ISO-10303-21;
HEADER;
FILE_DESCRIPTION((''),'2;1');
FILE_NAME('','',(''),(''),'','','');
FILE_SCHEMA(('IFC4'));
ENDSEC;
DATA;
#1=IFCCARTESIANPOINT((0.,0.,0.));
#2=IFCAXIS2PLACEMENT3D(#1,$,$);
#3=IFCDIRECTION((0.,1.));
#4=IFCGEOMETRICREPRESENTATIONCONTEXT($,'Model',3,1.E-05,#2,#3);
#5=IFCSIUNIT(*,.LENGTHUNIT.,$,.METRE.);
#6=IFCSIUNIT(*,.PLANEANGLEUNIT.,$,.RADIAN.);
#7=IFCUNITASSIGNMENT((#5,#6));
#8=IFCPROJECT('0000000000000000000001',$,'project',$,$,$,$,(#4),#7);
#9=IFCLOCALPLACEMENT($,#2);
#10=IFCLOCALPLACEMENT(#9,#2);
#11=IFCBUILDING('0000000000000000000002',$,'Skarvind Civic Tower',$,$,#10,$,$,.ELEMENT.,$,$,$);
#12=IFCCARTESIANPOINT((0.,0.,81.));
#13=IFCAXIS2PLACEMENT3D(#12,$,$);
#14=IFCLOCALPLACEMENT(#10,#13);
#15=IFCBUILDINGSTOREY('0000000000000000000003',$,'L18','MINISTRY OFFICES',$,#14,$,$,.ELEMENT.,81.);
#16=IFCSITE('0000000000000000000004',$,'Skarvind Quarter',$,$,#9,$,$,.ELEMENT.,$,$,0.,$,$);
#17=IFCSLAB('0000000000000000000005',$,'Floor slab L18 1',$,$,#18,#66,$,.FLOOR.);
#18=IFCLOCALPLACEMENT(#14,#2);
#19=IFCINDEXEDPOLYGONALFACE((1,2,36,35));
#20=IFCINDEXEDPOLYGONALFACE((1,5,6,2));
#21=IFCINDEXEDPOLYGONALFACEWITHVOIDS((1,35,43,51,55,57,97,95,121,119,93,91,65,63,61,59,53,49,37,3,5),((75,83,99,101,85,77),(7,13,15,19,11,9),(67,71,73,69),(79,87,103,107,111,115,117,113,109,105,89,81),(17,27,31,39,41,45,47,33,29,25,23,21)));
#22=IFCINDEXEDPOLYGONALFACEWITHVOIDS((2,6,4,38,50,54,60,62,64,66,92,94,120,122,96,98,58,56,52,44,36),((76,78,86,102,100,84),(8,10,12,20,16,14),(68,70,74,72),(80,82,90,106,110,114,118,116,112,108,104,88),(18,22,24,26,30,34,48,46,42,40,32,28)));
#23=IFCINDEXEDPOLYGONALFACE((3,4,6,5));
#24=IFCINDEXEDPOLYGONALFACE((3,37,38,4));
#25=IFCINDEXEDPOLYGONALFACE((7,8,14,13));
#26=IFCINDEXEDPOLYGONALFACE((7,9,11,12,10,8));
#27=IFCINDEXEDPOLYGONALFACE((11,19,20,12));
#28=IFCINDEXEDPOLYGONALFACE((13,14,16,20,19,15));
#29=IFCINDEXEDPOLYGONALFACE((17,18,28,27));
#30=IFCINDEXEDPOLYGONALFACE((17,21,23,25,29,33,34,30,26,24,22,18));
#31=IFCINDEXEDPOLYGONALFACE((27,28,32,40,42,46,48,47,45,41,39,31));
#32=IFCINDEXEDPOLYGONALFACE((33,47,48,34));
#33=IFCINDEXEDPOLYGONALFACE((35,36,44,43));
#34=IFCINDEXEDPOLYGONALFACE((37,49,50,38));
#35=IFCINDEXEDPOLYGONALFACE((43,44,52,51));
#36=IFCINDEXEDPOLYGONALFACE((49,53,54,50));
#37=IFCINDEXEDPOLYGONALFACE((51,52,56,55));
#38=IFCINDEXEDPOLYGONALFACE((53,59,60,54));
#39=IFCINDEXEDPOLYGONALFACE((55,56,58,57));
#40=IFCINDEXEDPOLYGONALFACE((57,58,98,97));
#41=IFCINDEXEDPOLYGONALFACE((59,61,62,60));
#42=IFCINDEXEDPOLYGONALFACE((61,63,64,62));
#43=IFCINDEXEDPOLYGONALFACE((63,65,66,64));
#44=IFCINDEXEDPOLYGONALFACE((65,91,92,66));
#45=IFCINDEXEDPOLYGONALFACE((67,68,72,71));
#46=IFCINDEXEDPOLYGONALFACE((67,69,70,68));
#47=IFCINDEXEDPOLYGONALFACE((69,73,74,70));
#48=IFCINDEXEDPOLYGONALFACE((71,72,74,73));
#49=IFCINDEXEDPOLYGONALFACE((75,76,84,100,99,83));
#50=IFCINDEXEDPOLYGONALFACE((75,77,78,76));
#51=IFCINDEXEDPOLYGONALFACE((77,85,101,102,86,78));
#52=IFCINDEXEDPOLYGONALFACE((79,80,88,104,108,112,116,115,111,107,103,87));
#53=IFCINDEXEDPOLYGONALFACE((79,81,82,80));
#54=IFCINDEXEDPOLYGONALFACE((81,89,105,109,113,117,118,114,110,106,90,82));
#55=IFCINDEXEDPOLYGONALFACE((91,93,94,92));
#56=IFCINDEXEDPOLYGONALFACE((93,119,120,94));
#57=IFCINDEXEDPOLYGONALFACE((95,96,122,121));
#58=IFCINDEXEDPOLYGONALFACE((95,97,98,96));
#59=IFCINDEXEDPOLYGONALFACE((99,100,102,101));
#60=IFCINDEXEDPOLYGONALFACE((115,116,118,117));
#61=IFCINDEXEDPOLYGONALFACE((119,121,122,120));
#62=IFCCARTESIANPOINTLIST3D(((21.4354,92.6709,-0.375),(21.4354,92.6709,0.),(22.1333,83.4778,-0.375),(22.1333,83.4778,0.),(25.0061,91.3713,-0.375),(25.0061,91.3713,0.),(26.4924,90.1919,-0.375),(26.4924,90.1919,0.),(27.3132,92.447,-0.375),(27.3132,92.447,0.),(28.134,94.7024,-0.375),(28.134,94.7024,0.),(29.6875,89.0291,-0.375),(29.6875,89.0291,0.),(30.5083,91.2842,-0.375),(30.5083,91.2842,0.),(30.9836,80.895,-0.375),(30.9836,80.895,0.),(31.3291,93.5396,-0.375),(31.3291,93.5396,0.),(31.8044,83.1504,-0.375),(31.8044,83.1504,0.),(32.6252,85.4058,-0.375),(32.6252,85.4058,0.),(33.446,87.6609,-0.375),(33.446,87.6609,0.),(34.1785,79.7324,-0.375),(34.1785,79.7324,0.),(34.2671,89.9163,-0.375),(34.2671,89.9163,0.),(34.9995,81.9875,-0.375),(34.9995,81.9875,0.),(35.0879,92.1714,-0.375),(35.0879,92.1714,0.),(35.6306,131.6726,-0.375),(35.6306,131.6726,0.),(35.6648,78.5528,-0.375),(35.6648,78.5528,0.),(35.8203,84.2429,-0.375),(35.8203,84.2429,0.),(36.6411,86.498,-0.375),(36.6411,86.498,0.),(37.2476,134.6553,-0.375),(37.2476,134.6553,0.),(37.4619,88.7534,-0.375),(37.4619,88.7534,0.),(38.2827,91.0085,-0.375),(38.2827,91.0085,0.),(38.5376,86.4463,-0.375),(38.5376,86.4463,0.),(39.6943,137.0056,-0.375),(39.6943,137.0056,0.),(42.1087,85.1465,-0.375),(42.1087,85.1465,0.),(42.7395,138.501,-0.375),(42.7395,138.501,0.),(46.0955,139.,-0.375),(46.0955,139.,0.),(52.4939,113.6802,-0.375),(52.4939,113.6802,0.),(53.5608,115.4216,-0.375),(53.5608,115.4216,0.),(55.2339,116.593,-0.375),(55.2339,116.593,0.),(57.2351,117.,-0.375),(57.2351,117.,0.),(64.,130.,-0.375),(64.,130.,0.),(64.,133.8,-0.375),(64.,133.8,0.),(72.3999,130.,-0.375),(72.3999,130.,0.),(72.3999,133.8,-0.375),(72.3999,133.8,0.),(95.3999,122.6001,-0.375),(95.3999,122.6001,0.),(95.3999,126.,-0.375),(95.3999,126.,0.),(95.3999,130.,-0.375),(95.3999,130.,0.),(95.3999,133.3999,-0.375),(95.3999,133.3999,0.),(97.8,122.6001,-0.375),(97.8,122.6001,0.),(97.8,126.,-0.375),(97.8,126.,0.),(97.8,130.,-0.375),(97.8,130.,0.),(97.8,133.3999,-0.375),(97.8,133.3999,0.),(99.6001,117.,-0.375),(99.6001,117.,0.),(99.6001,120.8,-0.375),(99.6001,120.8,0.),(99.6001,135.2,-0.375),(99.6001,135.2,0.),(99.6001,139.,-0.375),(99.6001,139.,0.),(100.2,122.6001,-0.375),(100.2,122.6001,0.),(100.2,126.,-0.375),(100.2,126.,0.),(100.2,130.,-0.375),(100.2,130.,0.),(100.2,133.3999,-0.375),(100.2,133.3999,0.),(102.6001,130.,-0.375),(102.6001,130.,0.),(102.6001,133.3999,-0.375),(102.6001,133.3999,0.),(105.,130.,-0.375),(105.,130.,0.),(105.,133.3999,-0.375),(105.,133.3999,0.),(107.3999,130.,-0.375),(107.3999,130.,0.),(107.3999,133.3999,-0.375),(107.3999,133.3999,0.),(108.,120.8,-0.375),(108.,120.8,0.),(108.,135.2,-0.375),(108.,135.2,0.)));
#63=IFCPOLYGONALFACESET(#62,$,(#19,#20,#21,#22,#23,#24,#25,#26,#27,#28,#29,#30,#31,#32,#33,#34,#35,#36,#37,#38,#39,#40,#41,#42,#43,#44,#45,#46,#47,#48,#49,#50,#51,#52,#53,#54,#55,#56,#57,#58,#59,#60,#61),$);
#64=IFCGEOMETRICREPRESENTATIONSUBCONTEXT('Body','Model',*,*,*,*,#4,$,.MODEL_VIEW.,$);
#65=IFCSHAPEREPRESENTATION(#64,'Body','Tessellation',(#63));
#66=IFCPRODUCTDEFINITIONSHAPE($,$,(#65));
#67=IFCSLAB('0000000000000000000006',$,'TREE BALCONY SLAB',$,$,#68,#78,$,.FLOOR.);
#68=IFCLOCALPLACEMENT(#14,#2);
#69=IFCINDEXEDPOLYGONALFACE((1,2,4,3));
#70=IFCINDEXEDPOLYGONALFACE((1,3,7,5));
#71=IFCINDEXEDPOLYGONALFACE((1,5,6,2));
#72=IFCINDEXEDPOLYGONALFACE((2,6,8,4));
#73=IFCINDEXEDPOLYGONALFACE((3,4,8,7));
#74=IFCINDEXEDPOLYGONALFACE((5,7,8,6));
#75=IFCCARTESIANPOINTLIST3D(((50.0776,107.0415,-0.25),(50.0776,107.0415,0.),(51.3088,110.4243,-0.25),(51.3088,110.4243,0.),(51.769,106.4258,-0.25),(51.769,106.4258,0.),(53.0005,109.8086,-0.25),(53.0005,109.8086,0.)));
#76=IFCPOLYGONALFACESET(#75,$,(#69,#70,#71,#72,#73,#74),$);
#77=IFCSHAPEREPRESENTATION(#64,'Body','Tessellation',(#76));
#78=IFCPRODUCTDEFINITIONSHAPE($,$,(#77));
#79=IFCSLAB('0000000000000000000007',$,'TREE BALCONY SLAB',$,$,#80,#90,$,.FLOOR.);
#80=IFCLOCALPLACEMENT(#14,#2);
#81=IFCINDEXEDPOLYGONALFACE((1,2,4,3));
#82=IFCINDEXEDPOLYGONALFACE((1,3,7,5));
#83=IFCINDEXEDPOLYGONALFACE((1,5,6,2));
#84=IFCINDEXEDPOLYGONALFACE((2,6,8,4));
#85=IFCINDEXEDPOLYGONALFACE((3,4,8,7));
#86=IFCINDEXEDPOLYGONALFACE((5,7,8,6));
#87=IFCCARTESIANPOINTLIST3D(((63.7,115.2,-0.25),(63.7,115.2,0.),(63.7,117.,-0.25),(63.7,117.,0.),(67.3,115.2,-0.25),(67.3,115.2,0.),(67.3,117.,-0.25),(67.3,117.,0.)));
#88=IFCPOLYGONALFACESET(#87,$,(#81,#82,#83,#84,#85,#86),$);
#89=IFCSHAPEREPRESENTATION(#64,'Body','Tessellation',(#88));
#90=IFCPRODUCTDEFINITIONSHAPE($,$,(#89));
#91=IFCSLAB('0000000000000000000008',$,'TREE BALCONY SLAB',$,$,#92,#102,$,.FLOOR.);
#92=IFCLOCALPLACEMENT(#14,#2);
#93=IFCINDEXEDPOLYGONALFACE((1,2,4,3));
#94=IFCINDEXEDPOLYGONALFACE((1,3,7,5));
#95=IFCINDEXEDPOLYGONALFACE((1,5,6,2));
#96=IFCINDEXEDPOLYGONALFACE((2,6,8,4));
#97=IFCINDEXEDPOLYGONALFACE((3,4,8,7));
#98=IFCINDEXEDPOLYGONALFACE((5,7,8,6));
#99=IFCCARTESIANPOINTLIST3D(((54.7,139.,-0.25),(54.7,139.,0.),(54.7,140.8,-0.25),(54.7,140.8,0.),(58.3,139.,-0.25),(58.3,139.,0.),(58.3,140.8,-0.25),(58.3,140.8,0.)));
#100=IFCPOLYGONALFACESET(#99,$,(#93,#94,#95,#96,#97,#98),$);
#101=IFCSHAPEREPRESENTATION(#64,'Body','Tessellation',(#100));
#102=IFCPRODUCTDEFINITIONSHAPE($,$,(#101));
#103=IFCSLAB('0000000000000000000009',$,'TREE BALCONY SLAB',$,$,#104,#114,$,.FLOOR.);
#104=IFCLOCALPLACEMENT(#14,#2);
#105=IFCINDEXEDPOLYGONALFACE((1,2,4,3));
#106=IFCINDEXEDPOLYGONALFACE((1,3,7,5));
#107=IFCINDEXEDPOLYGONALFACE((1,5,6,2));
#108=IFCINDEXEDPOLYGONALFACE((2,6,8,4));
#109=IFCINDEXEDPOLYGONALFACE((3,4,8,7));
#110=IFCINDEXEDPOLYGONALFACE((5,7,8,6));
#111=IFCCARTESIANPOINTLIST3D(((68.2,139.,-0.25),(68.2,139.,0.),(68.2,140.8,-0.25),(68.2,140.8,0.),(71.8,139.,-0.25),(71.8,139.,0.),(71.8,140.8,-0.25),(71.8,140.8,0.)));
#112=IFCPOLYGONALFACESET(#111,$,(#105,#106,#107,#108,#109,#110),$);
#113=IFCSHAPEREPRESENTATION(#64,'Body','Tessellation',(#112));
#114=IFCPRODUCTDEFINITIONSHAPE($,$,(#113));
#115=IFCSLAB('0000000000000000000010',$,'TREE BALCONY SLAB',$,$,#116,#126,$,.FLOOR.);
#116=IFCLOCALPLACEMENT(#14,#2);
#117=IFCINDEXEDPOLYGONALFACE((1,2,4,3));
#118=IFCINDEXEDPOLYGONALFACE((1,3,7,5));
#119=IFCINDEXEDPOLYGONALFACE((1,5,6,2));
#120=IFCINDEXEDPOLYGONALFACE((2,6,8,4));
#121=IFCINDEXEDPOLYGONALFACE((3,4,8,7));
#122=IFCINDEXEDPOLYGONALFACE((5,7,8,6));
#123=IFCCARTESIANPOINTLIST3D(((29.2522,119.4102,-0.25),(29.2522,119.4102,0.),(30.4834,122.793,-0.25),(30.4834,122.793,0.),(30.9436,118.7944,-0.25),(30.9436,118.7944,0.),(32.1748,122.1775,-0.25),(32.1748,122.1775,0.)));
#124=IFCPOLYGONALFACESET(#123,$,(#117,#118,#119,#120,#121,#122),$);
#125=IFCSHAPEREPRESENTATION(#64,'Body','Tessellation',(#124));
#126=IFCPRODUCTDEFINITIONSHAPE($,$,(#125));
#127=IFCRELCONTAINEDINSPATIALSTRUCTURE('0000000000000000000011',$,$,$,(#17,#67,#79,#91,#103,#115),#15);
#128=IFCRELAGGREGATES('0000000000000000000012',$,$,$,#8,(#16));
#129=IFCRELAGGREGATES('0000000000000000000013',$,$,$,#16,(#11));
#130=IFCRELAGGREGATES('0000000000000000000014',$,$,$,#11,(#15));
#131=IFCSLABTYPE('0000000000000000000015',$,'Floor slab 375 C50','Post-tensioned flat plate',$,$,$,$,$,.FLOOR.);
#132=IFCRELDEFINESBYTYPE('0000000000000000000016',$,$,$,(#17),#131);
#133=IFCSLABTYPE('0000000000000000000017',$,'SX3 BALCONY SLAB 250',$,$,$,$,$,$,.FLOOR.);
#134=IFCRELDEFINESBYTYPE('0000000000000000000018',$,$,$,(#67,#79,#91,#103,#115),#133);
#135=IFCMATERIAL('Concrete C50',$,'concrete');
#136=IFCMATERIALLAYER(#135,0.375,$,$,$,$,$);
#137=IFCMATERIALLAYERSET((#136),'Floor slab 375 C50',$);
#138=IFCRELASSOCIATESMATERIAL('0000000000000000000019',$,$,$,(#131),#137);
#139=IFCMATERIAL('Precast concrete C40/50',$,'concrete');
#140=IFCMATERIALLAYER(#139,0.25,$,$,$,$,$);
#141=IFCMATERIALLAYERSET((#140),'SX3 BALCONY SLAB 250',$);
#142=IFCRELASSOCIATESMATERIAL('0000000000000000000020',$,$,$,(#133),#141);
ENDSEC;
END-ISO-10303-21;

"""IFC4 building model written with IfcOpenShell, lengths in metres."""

from ifc_helpers import new_model, si_unit, direction, frame, origin, place, context, subcontext, project, spatial, polyline, outline, extrude, material, layer, layer_set, type_object, element, save


model = new_model("IFC4")

# Units and contexts
model_context = context("Model", 3, precision=1e-05, world=origin(), true_north=direction((0.0, 1.0)))
body_context = subcontext(model_context, "Body", "Model", "MODEL_VIEW")
ifc_project = project(units=[si_unit("LENGTHUNIT", "METRE"), si_unit("PLANEANGLEUNIT", "RADIAN")], contexts=[model_context])

# Site, building, storey
site_placement = place(None, origin())
site = spatial("IfcSite", under=ifc_project, at=site_placement, Name="Skarvind Quarter", CompositionType="ELEMENT", RefElevation=0.0)
building_placement = place(site_placement, origin())
building = spatial("IfcBuilding", under=site, at=building_placement, Name="Skarvind Civic Tower", CompositionType="ELEMENT")
storey_placement = place(building_placement, frame((0.0, 0.0, 81.0)))
storey = spatial("IfcBuildingStorey", under=building, at=storey_placement, Name="L18", Description="MINISTRY OFFICES", CompositionType="ELEMENT", Elevation=81.0)

# Slabs
ifc_material_1 = material(Name="Concrete C50", Category="concrete")
ifc_layer_1 = layer(ifc_material_1, 0.375)
ifc_layer_set_1 = layer_set([ifc_layer_1], Name="Floor slab 375 C50")
slab_type_1 = type_object("IfcSlabType", Name="Floor slab 375 C50", Description="Post-tensioned flat plate", PredefinedType="FLOOR", material=ifc_layer_set_1)
slab_1_placement = place(storey_placement, frame((0.0, 0.0, -0.375)))
element("IfcSlab", 1, at=slab_1_placement, inside=storey, type_object=slab_type_1, Name="Floor slab L18 1", PredefinedType="FLOOR", context=body_context, shape_type="SweptSolid", body=[
    extrude(outline(polyline([(99.6001, 117.0), (99.6001, 120.8), (108.0, 120.8), (108.0, 135.2), (99.6001, 135.2), (99.6001, 139.0), (46.0955, 139.0), (42.7395, 138.501), (39.6943, 137.0056), (37.2476, 134.6553), (35.6306, 131.6726), (19.4175, 87.1267), (21.4353, 92.6709), (25.0061, 91.3713), (22.1333, 83.4778), (36.8865, 78.1082), (35.6648, 78.5527), (38.5376, 86.4463), (42.1086, 85.1465), (40.0908, 79.6023), (40.0908, 79.6023), (52.4939, 113.6802), (53.5608, 115.4216), (55.2339, 116.593), (57.2351, 117.0), (99.6001, 117.0)]), holes=[polyline([(32.6252, 85.4058), (33.446, 87.6609), (34.2671, 89.9163), (35.0879, 92.1714), (38.2827, 91.0085), (37.4619, 88.7534), (36.6411, 86.498), (35.8203, 84.2429), (35.8203, 84.2429), (34.9995, 81.9875), (34.1785, 79.7324), (30.9836, 80.895), (31.8044, 83.1504), (32.6252, 85.4058), (32.6252, 85.4058)]), polyline([(31.3291, 93.5396), (30.5083, 91.2842), (29.6875, 89.0291), (26.4924, 90.1919), (27.3132, 92.447), (28.134, 94.7024), (31.3291, 93.5396)]), polyline([(64.0, 130.0), (64.0, 133.8), (72.3999, 133.8), (72.3999, 130.0), (64.0, 130.0)]), polyline([(100.2, 126.0), (100.2, 122.6001), (97.8, 122.6001), (95.3999, 122.6001), (95.3999, 126.0), (97.8, 126.0), (100.2, 126.0)]), polyline([(100.2, 133.3999), (102.6001, 133.3999), (105.0, 133.3999), (107.3999, 133.3999), (107.3999, 130.0), (105.0, 130.0), (102.6001, 130.0), (100.2, 130.0), (97.8, 130.0), (95.3999, 130.0), (95.3999, 133.3999), (97.8, 133.3999), (100.2, 133.3999)])]), origin(), (0.0, 0.0, 1.0), 0.375),
])
ifc_material_2 = material(Name="Precast concrete C40/50", Category="concrete")
ifc_layer_2 = layer(ifc_material_2, 0.25)
ifc_layer_set_2 = layer_set([ifc_layer_2], Name="SX3 BALCONY SLAB 250")
slab_type_2 = type_object("IfcSlabType", Name="SX3 BALCONY SLAB 250", PredefinedType="FLOOR", material=ifc_layer_set_2)
slab_2_placement = place(storey_placement, frame((0.0, 0.0, -0.25)))
element("IfcSlab", 2, at=slab_2_placement, inside=storey, type_object=slab_type_2, Name="TREE BALCONY SLAB", PredefinedType="FLOOR", context=body_context, shape_type="SweptSolid", body=[
    extrude(outline(polyline([(51.3088, 110.4243), (50.0776, 107.0415), (51.769, 106.4258), (53.0005, 109.8086), (51.3088, 110.4243)])), origin(), (0.0, 0.0, 1.0), 0.25),
])
slab_3_placement = place(storey_placement, frame((0.0, 0.0, -0.25)))
element("IfcSlab", 3, at=slab_3_placement, inside=storey, type_object=slab_type_2, Name="TREE BALCONY SLAB", PredefinedType="FLOOR", context=body_context, shape_type="SweptSolid", body=[
    extrude(outline(polyline([(67.3, 117.0), (63.7, 117.0), (63.7, 115.2), (67.3, 115.2), (67.3, 117.0)])), origin(), (0.0, 0.0, 1.0), 0.25),
])
slab_4_placement = place(storey_placement, frame((0.0, 0.0, -0.25)))
element("IfcSlab", 4, at=slab_4_placement, inside=storey, type_object=slab_type_2, Name="TREE BALCONY SLAB", PredefinedType="FLOOR", context=body_context, shape_type="SweptSolid", body=[
    extrude(outline(polyline([(54.7, 139.0), (58.3, 139.0), (58.3, 140.8), (54.7, 140.8), (54.7, 139.0)])), origin(), (0.0, 0.0, 1.0), 0.25),
])
slab_5_placement = place(storey_placement, frame((0.0, 0.0, -0.25)))
element("IfcSlab", 5, at=slab_5_placement, inside=storey, type_object=slab_type_2, Name="TREE BALCONY SLAB", PredefinedType="FLOOR", context=body_context, shape_type="SweptSolid", body=[
    extrude(outline(polyline([(68.2, 139.0), (71.8, 139.0), (71.8, 140.8), (68.2, 140.8), (68.2, 139.0)])), origin(), (0.0, 0.0, 1.0), 0.25),
])
slab_6_placement = place(storey_placement, frame((0.0, 0.0, -0.25)))
element("IfcSlab", 6, at=slab_6_placement, inside=storey, type_object=slab_type_2, Name="TREE BALCONY SLAB", PredefinedType="FLOOR", context=body_context, shape_type="SweptSolid", body=[
    extrude(outline(polyline([(30.9436, 118.7944), (32.1748, 122.1775), (30.4834, 122.793), (29.2522, 119.4102), (30.9436, 118.7944)])), origin(), (0.0, 0.0, 1.0), 0.25),
])

save(model, "model.ifc")
